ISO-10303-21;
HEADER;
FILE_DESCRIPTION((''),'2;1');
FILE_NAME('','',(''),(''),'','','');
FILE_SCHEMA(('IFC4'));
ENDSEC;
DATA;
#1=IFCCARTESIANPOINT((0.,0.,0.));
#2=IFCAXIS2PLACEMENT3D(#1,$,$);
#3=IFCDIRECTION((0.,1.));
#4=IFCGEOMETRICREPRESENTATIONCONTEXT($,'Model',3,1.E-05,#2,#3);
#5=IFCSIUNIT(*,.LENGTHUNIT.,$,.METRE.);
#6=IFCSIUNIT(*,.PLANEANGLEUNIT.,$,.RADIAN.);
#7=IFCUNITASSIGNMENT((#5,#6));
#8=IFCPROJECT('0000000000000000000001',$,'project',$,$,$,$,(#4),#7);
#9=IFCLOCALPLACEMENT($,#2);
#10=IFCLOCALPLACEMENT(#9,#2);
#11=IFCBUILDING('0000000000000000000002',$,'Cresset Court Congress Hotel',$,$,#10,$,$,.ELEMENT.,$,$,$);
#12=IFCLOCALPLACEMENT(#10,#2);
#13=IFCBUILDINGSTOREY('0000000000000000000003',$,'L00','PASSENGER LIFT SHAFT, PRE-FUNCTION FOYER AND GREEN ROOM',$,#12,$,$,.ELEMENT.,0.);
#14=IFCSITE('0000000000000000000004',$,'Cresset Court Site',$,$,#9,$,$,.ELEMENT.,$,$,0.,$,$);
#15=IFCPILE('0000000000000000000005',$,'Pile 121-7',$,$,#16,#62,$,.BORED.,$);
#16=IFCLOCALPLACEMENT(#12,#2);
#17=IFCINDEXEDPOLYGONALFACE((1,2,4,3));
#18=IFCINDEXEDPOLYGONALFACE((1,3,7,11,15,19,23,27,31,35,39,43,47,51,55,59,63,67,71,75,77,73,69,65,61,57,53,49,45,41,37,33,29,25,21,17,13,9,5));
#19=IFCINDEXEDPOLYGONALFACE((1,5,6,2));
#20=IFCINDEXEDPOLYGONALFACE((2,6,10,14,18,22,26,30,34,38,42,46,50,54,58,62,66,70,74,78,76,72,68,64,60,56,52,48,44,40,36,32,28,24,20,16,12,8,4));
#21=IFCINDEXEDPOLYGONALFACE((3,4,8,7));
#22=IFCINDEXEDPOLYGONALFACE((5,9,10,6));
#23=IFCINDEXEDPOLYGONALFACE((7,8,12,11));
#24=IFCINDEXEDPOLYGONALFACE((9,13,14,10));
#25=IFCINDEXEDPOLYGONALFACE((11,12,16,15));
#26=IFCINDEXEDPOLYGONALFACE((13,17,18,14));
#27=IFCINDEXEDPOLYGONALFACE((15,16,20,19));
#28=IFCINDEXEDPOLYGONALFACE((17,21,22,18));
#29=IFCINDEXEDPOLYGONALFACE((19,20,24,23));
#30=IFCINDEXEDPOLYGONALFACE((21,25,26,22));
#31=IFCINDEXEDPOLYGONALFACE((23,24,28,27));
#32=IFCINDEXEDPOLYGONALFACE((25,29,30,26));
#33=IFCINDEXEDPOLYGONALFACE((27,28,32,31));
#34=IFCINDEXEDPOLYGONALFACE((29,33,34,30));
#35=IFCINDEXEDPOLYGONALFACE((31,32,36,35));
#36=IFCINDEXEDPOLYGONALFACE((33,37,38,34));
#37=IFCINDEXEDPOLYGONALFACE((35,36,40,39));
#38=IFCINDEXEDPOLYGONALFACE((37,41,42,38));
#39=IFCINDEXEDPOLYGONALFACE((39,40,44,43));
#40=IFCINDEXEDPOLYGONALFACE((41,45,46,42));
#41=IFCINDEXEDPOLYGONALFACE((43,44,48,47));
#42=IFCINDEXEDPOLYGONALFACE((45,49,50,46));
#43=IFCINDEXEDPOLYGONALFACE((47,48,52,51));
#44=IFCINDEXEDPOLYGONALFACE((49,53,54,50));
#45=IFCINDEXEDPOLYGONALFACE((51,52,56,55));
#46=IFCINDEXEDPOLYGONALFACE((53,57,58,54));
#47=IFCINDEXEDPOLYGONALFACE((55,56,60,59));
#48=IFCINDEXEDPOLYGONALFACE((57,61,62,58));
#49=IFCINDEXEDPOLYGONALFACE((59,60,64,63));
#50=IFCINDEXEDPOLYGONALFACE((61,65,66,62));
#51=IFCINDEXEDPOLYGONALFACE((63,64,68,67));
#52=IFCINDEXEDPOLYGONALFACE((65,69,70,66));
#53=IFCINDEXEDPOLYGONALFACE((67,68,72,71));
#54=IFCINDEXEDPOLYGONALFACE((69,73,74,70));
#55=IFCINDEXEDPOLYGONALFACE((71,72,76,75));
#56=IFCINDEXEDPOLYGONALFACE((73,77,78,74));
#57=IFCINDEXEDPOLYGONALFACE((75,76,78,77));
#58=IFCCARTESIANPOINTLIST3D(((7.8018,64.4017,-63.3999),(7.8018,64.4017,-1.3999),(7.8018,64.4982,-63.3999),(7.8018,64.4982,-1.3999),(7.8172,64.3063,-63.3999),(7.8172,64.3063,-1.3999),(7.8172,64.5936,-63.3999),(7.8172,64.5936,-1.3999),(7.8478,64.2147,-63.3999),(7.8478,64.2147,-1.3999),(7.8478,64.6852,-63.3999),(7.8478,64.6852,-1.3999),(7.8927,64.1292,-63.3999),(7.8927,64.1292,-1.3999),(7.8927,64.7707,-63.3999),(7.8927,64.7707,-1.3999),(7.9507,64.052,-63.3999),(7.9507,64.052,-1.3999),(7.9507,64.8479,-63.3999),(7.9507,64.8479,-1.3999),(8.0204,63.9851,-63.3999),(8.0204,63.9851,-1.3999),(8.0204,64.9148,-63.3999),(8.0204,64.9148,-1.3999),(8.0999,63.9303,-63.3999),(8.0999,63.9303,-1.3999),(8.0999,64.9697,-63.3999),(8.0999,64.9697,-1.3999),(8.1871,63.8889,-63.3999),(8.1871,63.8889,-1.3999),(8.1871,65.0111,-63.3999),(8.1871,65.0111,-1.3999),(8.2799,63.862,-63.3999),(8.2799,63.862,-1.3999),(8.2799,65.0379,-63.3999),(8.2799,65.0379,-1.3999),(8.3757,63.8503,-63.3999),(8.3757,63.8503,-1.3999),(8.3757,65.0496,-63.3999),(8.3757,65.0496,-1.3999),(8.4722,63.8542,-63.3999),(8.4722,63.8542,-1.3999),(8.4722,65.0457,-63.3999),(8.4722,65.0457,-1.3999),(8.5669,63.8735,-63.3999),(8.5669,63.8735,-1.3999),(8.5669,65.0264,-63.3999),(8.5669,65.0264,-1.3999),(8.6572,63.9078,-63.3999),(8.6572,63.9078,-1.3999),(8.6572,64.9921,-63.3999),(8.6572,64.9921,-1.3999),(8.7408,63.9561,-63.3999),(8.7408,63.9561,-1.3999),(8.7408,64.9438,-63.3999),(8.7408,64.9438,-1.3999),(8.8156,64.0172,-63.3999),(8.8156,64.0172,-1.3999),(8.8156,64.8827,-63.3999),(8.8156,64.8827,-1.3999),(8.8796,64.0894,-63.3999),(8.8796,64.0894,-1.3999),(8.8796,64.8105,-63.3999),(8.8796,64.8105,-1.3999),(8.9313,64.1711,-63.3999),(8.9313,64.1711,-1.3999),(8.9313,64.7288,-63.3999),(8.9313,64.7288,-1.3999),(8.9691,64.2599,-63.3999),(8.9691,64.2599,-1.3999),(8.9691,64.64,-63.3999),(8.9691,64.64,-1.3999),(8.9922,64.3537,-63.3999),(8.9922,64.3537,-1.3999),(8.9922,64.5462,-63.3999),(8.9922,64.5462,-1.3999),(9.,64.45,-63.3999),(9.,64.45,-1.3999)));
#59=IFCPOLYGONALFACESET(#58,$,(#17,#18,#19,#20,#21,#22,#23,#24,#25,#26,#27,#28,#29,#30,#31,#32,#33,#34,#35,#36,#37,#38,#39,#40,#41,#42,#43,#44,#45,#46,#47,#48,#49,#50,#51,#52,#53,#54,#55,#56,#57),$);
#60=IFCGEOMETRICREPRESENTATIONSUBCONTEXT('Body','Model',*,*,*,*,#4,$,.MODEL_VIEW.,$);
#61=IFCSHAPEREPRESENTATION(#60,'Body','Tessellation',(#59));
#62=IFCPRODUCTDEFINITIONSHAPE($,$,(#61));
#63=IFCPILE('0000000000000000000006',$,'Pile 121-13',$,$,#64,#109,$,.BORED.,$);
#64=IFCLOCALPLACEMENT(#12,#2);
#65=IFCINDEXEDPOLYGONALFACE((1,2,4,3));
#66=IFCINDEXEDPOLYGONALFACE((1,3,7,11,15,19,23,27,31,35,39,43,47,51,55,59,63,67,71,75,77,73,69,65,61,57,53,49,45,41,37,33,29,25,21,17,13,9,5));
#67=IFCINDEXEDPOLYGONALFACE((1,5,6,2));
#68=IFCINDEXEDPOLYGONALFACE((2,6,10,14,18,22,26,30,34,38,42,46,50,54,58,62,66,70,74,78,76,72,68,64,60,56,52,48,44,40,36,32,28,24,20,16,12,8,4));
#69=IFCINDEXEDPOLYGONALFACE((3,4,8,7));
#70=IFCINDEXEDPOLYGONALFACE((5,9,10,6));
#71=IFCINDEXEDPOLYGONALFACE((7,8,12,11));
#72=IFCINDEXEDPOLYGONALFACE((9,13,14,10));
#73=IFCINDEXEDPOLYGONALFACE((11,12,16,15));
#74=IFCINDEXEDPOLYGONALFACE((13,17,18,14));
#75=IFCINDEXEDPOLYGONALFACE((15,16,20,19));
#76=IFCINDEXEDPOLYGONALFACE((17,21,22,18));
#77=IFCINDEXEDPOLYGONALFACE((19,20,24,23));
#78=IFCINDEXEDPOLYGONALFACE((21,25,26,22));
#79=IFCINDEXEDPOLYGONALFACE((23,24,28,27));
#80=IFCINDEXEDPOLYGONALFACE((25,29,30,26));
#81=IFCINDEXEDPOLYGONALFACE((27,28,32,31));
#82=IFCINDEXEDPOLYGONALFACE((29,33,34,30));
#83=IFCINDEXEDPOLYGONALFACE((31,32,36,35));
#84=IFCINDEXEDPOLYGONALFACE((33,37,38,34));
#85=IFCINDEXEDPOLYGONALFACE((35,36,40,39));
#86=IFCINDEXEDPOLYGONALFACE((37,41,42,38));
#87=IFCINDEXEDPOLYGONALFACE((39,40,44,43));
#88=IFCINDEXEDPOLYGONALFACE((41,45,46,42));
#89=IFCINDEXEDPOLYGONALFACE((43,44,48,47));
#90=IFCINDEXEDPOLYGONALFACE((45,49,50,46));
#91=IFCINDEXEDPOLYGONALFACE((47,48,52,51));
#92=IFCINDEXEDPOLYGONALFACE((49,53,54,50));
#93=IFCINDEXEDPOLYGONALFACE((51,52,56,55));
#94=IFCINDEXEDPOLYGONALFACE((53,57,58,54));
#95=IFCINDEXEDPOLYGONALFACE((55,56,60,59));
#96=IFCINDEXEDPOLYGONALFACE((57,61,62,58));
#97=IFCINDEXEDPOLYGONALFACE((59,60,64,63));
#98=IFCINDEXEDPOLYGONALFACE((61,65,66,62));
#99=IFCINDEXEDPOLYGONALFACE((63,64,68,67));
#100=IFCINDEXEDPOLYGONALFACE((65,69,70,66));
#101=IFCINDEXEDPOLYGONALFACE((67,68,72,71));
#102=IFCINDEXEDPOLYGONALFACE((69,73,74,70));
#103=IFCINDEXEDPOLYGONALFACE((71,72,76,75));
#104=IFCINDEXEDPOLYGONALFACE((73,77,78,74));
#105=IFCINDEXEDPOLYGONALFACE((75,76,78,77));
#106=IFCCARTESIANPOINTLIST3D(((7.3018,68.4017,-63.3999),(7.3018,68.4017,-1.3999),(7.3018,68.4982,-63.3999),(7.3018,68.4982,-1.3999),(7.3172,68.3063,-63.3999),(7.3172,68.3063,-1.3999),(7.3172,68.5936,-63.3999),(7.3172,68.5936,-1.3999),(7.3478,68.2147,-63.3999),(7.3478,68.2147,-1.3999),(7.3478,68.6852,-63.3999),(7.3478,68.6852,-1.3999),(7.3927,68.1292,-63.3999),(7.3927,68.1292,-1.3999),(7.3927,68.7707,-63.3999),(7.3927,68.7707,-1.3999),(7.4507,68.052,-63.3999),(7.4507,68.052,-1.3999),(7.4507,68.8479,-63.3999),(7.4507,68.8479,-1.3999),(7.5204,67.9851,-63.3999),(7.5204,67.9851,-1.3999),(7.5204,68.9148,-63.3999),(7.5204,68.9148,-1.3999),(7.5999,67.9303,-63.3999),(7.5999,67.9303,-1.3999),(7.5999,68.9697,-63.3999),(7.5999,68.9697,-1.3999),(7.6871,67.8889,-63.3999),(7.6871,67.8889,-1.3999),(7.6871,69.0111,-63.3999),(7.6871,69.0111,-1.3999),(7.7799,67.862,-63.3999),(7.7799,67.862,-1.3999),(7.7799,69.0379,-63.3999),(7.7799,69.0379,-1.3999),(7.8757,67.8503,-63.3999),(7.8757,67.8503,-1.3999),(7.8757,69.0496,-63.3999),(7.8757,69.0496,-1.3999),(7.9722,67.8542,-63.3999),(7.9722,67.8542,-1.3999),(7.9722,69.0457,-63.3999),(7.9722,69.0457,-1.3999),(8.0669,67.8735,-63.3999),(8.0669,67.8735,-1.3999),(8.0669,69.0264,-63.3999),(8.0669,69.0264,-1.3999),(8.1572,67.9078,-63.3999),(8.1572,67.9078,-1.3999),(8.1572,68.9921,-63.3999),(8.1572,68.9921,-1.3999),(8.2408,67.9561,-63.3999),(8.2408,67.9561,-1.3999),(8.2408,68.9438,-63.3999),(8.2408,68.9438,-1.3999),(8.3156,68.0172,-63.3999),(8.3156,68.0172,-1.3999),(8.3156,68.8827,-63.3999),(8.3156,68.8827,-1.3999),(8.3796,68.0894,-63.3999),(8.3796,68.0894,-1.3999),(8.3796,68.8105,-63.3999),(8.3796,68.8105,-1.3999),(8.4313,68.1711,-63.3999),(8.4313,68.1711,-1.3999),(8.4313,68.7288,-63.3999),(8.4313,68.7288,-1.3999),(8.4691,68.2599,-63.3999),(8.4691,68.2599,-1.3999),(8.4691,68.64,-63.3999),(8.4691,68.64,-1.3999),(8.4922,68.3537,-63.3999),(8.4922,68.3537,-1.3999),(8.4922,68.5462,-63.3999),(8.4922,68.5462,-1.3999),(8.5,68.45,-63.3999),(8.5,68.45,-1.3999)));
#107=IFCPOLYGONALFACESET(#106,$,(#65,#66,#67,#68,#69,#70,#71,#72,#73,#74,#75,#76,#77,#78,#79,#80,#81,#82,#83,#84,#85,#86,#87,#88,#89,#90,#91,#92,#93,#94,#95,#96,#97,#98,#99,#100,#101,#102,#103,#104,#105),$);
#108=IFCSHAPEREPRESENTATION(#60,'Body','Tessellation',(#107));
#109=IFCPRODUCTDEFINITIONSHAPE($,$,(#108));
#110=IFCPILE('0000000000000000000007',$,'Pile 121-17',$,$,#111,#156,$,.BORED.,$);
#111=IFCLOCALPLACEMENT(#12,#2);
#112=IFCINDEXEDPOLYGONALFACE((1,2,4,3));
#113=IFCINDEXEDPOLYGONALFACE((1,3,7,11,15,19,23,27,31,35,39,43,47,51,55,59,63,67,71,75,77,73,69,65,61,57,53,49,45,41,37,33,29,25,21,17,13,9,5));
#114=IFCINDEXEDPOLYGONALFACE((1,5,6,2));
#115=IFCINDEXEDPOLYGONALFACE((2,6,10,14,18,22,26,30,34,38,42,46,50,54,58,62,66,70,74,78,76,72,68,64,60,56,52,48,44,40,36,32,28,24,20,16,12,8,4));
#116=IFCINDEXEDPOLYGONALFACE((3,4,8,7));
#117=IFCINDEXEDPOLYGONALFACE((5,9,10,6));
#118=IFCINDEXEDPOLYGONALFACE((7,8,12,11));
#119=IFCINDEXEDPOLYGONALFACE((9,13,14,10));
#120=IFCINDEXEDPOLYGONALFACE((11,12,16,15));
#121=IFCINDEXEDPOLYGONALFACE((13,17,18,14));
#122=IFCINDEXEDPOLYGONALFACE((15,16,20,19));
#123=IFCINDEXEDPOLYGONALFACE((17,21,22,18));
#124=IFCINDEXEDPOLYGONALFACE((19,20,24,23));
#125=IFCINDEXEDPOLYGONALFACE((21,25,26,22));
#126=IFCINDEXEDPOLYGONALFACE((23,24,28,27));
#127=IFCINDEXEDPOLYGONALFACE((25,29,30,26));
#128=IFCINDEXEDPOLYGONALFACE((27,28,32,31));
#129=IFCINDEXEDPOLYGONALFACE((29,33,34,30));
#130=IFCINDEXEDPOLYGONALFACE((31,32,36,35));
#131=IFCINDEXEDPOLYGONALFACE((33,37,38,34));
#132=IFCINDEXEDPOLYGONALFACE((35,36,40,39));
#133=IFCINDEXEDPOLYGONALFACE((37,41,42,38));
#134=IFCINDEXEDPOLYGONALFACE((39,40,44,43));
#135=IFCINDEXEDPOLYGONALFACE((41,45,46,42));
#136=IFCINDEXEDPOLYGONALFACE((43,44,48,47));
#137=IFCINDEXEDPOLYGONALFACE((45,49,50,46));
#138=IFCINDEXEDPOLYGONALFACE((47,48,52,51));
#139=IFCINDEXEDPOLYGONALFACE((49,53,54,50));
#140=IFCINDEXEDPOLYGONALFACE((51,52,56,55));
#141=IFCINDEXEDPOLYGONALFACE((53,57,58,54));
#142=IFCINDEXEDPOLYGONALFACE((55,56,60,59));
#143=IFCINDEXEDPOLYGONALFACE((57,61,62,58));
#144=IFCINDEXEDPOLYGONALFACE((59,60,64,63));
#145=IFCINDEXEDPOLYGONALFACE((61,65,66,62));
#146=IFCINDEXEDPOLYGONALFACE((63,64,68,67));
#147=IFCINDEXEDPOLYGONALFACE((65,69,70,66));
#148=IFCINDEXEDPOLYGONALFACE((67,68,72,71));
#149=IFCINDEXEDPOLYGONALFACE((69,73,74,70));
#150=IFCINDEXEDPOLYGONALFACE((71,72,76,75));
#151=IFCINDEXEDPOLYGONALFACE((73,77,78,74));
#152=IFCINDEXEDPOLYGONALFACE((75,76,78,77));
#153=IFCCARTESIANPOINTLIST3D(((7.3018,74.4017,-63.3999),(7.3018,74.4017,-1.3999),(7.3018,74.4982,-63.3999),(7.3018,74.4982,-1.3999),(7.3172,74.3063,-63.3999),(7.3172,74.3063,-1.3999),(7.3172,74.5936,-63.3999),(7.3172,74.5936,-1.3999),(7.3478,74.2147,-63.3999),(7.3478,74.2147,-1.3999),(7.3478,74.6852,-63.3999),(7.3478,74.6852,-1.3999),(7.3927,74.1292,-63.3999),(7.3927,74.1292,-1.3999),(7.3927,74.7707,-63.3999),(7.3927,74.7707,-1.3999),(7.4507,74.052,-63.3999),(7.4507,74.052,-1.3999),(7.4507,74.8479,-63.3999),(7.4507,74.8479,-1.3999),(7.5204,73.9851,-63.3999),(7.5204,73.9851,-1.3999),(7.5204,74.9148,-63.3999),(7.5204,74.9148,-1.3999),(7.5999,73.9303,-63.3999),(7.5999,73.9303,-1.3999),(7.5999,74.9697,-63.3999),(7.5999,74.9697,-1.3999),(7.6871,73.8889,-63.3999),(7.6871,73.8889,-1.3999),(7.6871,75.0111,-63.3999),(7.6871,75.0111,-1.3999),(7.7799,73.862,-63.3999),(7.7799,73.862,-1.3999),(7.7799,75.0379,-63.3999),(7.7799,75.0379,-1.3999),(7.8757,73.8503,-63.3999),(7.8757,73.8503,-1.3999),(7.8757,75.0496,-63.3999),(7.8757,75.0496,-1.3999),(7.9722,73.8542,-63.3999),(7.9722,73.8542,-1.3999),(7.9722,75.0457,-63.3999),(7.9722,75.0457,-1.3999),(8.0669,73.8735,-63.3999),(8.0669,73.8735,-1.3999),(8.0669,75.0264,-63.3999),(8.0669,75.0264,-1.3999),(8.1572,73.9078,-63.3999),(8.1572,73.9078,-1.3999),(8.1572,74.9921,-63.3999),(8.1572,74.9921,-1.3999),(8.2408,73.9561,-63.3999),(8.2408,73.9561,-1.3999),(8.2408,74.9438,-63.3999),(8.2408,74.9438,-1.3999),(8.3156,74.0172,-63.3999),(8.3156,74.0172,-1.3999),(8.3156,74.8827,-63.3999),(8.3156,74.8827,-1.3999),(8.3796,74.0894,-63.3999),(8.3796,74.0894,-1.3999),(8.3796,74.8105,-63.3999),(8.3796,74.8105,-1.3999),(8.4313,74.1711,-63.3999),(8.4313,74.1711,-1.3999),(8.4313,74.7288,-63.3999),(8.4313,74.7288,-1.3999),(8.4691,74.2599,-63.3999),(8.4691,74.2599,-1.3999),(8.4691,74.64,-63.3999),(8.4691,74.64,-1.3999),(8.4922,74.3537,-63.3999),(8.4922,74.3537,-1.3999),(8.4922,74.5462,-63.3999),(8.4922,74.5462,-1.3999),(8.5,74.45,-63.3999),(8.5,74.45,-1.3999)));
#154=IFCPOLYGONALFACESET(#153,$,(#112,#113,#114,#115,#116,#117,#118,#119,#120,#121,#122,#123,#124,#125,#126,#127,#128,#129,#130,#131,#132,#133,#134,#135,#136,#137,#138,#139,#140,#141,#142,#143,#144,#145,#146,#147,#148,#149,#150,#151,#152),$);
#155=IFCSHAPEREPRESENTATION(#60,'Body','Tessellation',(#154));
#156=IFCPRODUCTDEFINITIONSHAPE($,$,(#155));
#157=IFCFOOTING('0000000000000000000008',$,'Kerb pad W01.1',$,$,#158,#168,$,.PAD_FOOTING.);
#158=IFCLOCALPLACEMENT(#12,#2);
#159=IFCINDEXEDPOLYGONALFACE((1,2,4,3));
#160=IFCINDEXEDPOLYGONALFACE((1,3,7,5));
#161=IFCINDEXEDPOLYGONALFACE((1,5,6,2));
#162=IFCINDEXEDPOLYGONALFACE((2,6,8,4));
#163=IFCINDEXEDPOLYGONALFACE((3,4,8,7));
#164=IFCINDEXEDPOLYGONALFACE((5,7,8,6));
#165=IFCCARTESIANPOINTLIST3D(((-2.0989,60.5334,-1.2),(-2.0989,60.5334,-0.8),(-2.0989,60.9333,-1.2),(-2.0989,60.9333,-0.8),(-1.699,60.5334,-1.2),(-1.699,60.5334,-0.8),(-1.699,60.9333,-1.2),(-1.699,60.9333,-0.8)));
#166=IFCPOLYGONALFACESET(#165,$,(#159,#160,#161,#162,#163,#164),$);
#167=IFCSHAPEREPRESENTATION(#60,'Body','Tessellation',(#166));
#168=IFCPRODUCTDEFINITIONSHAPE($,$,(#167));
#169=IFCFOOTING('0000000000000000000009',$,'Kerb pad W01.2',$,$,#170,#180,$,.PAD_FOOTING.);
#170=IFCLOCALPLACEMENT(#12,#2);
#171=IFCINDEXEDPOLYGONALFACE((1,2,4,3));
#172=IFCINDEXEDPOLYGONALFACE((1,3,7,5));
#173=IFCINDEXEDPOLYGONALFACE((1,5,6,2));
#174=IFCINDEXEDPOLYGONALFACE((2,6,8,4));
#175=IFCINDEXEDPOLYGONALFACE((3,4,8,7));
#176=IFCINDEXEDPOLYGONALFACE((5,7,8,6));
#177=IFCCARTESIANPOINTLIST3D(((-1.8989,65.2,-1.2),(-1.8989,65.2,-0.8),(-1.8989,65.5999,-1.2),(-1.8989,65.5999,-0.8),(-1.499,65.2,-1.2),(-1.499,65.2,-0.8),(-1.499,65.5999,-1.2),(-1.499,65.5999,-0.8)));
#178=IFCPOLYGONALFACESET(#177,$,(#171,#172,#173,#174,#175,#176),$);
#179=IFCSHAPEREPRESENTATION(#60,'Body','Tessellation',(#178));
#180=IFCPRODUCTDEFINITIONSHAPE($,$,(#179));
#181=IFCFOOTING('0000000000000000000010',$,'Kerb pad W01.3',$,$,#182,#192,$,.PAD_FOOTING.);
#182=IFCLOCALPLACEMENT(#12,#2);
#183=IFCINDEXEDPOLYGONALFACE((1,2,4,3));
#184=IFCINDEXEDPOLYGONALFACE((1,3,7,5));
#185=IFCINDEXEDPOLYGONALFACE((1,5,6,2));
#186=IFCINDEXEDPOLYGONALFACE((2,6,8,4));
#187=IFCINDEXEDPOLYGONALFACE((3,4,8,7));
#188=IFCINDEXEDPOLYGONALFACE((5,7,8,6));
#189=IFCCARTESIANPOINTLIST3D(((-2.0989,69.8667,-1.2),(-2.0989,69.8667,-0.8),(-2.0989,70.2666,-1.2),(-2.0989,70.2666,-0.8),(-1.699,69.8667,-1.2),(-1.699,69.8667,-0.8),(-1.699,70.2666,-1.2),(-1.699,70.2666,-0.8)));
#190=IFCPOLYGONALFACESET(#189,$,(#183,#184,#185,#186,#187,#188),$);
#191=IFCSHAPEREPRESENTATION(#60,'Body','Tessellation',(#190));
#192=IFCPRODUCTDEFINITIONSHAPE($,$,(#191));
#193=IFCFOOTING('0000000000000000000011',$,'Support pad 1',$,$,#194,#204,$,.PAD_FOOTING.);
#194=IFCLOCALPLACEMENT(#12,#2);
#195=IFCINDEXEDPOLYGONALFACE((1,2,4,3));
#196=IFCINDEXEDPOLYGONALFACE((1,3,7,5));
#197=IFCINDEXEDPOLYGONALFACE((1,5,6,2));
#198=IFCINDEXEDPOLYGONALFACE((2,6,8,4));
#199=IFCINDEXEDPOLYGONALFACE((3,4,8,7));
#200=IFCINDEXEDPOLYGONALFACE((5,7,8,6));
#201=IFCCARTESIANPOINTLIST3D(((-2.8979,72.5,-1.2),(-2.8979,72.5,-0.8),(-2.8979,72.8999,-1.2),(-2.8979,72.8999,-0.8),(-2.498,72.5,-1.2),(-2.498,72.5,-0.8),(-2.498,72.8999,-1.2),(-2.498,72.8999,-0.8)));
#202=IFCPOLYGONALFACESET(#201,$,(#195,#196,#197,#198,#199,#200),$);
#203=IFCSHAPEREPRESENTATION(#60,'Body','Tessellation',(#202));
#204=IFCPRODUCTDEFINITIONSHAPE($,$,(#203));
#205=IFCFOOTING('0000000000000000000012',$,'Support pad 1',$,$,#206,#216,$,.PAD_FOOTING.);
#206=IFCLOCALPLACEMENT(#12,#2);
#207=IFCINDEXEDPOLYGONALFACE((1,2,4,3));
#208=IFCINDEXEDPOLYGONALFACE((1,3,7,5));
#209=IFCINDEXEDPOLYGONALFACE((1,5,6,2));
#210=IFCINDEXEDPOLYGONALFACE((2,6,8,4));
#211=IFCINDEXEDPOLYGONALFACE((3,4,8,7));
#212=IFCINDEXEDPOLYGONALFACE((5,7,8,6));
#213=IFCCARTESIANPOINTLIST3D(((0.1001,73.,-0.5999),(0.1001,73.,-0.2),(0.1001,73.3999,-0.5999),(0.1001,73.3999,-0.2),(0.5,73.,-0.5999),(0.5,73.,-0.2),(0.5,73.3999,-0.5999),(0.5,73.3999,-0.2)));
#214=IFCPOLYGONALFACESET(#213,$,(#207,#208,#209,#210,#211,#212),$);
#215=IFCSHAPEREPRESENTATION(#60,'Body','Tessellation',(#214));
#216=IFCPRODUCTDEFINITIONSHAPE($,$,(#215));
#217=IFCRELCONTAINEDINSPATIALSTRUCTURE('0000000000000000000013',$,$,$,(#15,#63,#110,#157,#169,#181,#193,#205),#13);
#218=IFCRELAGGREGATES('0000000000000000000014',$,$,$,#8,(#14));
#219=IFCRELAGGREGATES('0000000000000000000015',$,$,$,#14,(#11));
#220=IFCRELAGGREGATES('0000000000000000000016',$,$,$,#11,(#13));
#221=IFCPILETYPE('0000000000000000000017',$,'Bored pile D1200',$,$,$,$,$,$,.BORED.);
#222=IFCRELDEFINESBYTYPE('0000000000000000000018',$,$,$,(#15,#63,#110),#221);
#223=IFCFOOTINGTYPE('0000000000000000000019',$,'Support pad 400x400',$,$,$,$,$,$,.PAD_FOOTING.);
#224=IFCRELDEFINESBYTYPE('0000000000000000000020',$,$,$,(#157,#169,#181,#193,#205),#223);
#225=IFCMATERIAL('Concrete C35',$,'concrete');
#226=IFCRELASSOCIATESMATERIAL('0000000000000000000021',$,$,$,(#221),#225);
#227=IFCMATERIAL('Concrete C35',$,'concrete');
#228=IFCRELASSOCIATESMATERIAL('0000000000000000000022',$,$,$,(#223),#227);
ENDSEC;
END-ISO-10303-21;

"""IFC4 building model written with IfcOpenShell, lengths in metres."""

from ifc_helpers import new_model, si_unit, direction, frame, origin, origin_2d, place, context, subcontext, project, spatial, rectangle, circle, extrude, material, type_object, element, save


model = new_model("IFC4")

# Units and contexts
model_context = context("Model", 3, precision=1e-05, world=origin(), true_north=direction((0.0, 1.0)))
body_context = subcontext(model_context, "Body", "Model", "MODEL_VIEW")
ifc_project = project(units=[si_unit("LENGTHUNIT", "METRE"), si_unit("PLANEANGLEUNIT", "RADIAN")], contexts=[model_context])

# Site, building, storey
site_placement = place(None, origin())
site = spatial("IfcSite", under=ifc_project, at=site_placement, Name="Cresset Court Site", CompositionType="ELEMENT", RefElevation=0.0)
building_placement = place(site_placement, origin())
building = spatial("IfcBuilding", under=site, at=building_placement, Name="Cresset Court Congress Hotel", CompositionType="ELEMENT")
storey_placement = place(building_placement, origin())
storey = spatial("IfcBuildingStorey", under=building, at=storey_placement, Name="L00", Description="PASSENGER LIFT SHAFT, PRE-FUNCTION FOYER AND GREEN ROOM", CompositionType="ELEMENT", Elevation=0.0)

# Piles
ifc_material_1 = material(Name="Concrete C35", Category="concrete")
pile_type = type_object("IfcPileType", Name="Bored pile D1200", PredefinedType="BORED", material=ifc_material_1)
for number, where, z_axis, x_axis, name in (
    (1, (8.3999, 64.45, -1.3999), (0.0, 0.0, -1.0), (1.0, 0.0, 0.0), "Pile 121-7"),
    (2, (7.8999, 68.45, -1.3999), (0.0, 0.0, -1.0), (1.0, 0.0, 0.0), "Pile 121-13"),
    (3, (7.8999, 74.45, -1.3999), (0.0, 0.0, -1.0), (1.0, 0.0, 0.0), "Pile 121-17"),
):
    element("IfcPile", number, at=place(storey_placement, frame(where, z_axis=z_axis, x_axis=x_axis)), inside=storey, type_object=pile_type, Name=name, PredefinedType="BORED", context=body_context, shape_type="SweptSolid", body=[
        extrude(circle(Radius=0.6001, at=origin_2d()), origin(), (0.0, 0.0, 1.0), 62.0),
    ])

# Footings
ifc_material_2 = material(Name="Concrete C35", Category="concrete")
footing_type = type_object("IfcFootingType", Name="Support pad 400x400", PredefinedType="PAD_FOOTING", material=ifc_material_2)
for number, where, z_axis, x_axis, name in (
    (4, (-1.8989, 60.7334, -1.2), (0.0, 0.0, 1.0), (1.0, 0.0, 0.0), "Kerb pad W01.1"),
    (5, (-1.699, 65.3999, -1.2), (0.0, 0.0, 1.0), (1.0, 0.0, 0.0), "Kerb pad W01.2"),
    (6, (-1.8989, 70.0667, -1.2), (0.0, 0.0, 1.0), (1.0, 0.0, 0.0), "Kerb pad W01.3"),
    (7, (-2.698, 72.7, -1.2), (0.0, 0.0, 1.0), (1.0, 0.0, 0.0), "Support pad 1"),
    (8, (0.3, 73.2, -0.5999), (0.0, 0.0, 1.0), (1.0, 0.0, 0.0), "Support pad 1"),
):
    element("IfcFooting", number, at=place(storey_placement, frame(where, z_axis=z_axis, x_axis=x_axis)), inside=storey, type_object=footing_type, Name=name, PredefinedType="PAD_FOOTING", context=body_context, shape_type="SweptSolid", body=[
        extrude(rectangle(XDim=0.3999, YDim=0.3999, at=origin_2d()), origin(), (0.0, 0.0, 1.0), 0.3999),
    ])

save(model, "model.ifc")
